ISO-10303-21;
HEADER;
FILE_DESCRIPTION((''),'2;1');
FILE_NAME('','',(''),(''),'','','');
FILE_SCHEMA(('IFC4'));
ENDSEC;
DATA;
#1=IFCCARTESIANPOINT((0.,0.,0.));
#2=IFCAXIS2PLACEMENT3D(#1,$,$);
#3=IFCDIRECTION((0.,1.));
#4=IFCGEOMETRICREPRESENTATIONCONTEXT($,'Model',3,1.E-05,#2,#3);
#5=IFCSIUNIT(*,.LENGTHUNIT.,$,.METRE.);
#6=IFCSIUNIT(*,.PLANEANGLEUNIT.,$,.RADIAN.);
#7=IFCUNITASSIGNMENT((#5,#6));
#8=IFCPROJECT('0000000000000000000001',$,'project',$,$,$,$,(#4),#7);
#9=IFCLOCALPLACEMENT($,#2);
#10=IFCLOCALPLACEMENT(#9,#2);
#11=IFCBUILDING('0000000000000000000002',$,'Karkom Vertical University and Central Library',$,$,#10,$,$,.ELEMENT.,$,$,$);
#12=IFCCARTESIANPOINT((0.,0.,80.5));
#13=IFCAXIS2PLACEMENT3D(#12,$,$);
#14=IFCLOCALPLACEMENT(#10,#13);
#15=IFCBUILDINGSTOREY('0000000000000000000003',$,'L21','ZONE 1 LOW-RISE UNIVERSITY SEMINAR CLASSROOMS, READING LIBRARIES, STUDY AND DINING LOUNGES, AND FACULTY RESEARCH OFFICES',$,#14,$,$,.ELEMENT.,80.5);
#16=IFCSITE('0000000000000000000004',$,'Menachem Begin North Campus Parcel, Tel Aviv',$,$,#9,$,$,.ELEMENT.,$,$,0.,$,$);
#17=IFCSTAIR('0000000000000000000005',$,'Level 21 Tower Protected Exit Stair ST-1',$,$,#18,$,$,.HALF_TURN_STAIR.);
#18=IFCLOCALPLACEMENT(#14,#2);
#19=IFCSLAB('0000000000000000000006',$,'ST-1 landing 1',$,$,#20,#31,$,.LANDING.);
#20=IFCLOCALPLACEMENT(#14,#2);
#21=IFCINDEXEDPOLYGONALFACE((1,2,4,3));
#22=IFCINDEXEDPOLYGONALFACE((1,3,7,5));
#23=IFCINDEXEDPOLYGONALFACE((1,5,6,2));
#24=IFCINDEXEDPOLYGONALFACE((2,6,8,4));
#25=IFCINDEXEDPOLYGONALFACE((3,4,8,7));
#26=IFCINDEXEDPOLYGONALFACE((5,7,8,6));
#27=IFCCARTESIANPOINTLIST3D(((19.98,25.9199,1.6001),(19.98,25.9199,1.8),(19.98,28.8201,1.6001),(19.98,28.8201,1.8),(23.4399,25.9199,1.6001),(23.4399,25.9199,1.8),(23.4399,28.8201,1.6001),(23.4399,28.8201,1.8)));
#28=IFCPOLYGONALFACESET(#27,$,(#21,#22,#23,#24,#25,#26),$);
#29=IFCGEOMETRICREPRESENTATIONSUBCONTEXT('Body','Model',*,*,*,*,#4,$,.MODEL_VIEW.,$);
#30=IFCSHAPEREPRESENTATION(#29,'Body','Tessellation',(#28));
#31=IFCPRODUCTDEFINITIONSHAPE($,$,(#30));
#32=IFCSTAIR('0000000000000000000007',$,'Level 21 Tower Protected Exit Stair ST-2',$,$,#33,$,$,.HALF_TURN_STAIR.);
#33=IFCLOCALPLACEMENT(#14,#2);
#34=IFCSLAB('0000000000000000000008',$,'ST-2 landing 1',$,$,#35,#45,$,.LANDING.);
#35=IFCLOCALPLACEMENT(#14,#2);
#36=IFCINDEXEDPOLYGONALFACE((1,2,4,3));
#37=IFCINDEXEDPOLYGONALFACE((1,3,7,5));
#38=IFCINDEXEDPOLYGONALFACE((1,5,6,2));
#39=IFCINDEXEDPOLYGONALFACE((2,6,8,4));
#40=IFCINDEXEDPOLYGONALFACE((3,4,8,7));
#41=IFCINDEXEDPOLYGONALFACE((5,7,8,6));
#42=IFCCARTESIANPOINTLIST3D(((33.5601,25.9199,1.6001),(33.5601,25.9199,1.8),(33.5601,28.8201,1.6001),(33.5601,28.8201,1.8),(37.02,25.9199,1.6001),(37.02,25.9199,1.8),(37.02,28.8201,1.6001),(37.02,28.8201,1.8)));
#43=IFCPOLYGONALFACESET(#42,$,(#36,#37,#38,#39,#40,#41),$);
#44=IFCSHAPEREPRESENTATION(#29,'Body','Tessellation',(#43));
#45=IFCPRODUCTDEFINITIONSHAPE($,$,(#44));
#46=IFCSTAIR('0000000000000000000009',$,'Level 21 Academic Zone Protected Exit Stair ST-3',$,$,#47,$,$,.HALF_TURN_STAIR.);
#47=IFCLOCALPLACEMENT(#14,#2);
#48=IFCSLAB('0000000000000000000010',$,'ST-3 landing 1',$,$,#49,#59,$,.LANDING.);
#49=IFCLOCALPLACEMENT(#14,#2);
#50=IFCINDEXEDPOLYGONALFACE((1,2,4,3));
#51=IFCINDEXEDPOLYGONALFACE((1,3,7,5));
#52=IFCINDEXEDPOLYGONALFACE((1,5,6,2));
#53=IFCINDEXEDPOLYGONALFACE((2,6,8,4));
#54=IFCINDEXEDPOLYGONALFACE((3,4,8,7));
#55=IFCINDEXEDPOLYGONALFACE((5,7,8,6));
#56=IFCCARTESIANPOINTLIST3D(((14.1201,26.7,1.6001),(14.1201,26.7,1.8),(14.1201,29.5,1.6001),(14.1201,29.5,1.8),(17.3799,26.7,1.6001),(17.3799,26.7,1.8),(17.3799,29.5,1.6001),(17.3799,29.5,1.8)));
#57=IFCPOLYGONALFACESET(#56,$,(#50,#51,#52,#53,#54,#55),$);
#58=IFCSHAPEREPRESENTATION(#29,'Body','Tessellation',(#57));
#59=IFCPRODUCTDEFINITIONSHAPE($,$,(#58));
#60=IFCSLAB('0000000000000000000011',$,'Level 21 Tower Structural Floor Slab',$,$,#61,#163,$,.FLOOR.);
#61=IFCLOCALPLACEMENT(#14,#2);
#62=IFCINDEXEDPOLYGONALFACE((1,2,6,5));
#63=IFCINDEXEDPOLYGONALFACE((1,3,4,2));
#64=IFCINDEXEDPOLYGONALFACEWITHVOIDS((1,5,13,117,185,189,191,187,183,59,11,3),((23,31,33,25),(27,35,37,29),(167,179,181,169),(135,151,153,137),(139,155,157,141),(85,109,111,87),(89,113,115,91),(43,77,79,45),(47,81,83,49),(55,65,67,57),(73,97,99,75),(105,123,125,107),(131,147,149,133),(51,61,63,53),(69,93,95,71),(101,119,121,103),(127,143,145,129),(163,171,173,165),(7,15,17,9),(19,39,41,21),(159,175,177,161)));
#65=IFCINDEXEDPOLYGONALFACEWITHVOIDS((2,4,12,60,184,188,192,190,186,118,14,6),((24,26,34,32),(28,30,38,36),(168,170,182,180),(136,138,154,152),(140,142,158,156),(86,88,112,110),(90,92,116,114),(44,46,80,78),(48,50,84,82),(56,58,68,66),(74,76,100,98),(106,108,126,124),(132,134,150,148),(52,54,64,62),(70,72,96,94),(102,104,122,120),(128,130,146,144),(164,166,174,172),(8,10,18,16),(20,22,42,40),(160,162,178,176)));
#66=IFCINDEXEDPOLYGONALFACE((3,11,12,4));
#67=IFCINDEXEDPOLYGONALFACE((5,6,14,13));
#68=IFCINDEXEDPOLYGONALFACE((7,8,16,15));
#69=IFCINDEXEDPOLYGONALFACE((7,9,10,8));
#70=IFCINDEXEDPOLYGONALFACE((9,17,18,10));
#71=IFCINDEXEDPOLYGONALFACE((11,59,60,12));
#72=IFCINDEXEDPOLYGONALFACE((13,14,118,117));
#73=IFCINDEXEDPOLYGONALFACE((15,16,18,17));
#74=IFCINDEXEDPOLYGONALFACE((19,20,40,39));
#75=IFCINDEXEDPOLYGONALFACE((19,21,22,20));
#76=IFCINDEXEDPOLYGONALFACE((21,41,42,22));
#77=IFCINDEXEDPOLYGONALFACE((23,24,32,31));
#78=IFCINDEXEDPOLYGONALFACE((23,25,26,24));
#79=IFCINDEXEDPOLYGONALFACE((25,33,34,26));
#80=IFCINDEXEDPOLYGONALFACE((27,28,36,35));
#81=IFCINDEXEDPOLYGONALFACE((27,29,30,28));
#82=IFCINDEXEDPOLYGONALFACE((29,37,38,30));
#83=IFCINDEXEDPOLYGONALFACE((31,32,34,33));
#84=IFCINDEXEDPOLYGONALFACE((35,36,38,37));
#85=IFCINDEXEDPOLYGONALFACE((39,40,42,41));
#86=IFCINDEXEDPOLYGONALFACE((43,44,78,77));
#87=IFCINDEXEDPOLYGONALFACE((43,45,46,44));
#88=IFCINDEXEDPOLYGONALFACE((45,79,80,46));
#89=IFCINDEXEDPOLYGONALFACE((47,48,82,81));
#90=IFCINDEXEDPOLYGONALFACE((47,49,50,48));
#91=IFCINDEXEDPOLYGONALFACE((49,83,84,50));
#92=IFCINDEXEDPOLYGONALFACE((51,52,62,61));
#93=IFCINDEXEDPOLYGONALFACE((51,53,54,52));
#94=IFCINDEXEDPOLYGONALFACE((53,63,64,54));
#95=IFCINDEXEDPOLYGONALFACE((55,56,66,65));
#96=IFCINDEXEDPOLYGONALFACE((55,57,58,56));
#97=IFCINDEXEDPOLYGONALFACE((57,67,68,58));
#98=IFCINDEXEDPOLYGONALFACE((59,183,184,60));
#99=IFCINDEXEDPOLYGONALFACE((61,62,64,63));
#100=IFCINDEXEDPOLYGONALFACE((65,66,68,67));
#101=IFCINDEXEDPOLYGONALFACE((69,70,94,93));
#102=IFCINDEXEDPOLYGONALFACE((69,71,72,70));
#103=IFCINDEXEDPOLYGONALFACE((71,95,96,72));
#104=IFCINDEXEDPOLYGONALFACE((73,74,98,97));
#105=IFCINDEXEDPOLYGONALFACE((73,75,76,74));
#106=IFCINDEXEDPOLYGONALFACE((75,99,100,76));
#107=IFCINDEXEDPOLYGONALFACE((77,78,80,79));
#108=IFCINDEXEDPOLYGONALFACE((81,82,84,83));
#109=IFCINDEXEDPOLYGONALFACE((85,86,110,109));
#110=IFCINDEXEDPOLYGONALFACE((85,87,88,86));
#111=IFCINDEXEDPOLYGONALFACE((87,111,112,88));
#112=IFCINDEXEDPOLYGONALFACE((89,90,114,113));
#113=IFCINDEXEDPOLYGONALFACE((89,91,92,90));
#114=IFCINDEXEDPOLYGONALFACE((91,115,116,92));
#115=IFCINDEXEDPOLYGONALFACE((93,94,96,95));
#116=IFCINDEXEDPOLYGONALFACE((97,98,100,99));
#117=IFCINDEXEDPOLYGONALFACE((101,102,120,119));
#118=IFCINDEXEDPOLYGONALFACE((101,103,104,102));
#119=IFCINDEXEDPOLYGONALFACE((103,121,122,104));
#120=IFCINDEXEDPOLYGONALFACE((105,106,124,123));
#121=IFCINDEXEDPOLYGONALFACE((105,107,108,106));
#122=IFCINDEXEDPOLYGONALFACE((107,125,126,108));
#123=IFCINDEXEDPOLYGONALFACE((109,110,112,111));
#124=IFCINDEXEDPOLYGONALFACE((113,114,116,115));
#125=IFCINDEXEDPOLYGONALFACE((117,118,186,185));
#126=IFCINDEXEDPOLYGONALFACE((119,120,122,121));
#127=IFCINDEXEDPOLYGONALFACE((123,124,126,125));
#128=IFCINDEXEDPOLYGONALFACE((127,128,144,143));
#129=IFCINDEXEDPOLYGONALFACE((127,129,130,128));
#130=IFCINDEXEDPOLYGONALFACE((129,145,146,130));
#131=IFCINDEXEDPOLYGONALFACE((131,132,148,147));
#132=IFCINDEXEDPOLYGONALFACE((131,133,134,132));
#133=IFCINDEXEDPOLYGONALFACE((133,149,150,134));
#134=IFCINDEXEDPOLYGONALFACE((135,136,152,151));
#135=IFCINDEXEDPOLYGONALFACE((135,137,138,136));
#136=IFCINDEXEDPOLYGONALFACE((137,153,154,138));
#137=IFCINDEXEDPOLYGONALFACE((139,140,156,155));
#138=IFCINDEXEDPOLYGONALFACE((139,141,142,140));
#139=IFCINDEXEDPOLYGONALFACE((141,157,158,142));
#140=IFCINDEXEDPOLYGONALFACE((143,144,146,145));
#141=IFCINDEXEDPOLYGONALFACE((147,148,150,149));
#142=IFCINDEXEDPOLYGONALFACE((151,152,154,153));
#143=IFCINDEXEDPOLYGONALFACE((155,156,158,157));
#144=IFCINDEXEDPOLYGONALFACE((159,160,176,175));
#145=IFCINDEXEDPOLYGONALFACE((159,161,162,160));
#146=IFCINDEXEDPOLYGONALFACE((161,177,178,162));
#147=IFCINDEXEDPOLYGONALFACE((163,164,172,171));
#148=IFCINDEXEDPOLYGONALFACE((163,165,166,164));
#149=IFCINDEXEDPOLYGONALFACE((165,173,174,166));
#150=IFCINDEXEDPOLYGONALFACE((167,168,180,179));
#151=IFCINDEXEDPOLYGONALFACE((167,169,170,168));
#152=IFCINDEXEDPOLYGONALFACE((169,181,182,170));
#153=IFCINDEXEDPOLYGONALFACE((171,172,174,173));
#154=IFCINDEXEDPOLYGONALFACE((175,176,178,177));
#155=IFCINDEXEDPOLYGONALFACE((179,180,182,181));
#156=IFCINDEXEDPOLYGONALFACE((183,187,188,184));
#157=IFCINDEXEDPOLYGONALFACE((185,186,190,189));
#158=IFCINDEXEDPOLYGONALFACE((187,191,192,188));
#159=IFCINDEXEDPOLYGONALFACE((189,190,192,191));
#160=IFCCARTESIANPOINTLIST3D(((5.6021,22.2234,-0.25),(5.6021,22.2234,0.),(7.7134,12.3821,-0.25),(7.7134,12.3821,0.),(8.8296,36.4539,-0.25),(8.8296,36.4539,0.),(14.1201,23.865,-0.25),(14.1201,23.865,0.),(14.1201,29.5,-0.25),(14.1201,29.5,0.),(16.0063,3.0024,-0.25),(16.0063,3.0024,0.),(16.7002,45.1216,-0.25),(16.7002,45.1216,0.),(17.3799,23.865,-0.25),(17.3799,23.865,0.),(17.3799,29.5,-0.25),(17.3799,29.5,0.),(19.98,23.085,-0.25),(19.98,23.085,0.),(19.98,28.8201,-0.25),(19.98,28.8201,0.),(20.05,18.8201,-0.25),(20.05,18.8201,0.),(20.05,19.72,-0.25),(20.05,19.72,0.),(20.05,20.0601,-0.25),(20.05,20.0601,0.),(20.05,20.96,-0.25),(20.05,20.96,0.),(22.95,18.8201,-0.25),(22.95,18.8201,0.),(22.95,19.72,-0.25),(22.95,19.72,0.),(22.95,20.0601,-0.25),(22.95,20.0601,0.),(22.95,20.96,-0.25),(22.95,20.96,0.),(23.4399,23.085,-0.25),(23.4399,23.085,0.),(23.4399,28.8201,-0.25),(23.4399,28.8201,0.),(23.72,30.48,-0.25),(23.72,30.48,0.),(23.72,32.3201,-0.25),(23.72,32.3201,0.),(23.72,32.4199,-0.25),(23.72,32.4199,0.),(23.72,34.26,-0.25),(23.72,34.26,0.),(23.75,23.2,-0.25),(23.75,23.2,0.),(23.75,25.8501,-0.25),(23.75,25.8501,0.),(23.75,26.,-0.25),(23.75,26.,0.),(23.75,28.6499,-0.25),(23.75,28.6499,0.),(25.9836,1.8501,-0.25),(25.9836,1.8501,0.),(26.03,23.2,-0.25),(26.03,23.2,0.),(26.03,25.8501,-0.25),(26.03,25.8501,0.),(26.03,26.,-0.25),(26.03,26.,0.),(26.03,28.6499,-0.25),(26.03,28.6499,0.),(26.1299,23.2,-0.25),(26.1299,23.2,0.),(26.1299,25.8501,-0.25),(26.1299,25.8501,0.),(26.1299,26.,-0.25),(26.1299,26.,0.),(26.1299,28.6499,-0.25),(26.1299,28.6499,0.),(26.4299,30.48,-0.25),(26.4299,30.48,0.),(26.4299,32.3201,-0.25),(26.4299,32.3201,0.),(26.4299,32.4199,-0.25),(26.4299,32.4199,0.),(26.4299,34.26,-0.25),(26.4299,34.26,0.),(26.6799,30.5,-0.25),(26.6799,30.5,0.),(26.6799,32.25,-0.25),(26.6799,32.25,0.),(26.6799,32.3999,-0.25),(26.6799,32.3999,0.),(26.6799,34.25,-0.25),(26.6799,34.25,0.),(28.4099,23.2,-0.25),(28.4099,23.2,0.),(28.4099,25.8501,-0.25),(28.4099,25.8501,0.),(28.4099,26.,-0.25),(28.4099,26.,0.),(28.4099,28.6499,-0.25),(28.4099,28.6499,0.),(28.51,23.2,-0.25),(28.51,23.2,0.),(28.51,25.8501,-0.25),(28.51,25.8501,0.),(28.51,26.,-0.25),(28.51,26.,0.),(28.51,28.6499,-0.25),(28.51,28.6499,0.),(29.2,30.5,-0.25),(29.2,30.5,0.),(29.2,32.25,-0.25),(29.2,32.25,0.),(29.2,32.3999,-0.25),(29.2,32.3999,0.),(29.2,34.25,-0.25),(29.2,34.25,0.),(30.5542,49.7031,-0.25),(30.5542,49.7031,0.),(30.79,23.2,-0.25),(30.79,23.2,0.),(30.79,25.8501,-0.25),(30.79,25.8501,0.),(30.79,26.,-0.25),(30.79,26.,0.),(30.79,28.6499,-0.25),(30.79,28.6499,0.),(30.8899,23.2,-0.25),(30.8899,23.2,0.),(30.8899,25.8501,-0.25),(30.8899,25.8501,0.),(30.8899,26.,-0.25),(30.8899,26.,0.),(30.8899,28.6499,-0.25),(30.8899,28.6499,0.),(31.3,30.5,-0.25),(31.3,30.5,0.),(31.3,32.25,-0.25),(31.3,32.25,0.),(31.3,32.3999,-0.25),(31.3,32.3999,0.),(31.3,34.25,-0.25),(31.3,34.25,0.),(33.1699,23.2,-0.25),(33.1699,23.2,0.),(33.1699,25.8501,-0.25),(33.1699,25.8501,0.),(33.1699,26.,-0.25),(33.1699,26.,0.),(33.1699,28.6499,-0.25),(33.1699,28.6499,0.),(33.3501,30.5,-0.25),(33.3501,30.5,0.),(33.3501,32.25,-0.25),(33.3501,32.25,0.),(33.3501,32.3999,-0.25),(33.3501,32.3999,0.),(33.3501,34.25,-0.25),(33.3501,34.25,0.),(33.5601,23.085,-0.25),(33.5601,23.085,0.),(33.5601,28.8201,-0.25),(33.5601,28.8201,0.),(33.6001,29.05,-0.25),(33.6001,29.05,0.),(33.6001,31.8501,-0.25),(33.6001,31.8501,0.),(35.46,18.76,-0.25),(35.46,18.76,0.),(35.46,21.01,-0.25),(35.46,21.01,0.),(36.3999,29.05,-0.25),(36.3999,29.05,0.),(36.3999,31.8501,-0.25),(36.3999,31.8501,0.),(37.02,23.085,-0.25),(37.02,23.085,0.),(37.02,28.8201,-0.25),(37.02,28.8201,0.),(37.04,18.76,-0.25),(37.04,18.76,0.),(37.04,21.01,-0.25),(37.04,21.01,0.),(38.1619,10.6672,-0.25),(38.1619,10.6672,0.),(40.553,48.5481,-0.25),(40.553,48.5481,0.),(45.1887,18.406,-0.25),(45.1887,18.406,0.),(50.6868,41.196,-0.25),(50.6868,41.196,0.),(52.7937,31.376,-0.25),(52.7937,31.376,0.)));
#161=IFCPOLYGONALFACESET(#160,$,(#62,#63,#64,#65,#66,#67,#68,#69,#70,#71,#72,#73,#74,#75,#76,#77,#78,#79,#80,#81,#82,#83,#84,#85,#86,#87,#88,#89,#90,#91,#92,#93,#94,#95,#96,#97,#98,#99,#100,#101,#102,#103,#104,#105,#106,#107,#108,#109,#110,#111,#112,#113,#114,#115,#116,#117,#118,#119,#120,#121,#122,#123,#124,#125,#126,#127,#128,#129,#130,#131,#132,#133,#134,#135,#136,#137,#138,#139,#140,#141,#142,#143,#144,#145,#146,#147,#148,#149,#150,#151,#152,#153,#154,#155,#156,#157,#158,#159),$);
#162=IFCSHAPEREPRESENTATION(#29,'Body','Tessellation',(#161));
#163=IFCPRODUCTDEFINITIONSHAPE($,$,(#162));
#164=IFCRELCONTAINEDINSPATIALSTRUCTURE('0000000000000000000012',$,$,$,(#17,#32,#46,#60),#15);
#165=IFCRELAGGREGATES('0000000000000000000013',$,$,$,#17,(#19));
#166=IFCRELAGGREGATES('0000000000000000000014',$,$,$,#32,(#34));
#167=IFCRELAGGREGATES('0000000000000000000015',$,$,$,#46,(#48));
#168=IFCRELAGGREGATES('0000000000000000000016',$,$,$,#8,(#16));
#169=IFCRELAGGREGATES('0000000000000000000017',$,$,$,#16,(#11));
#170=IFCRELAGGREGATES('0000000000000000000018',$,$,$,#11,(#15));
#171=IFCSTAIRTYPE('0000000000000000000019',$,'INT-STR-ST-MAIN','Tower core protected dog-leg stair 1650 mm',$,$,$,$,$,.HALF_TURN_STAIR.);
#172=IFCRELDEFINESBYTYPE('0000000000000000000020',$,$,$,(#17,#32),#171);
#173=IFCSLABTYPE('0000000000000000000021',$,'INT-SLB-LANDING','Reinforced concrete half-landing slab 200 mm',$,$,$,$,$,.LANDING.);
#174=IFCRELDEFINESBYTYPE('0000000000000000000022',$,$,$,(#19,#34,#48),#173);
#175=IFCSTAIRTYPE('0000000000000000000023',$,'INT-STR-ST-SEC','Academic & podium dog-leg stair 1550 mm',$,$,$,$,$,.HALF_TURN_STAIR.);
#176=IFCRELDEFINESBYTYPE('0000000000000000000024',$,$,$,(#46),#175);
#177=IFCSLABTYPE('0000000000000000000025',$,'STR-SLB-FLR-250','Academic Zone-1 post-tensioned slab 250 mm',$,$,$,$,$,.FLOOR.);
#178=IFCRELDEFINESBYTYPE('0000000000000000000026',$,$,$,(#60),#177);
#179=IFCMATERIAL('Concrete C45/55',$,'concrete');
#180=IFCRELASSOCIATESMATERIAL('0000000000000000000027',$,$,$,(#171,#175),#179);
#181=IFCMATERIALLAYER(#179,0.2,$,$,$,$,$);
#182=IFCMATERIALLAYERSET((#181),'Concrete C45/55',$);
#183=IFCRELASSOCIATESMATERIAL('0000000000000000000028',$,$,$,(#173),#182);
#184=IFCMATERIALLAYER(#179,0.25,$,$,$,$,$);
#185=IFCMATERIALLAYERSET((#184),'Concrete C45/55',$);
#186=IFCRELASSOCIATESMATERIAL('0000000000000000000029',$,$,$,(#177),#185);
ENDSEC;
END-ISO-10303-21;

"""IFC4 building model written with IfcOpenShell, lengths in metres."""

from ifc_helpers import new_model, si_unit, direction, frame, origin, place, context, subcontext, project, spatial, polyline, outline, extrude, material, layer, layer_set, type_object, element, aggregate, save


model = new_model("IFC4")

# Units and contexts
model_context = context("Model", 3, precision=1e-05, world=origin(), true_north=direction((0.0, 1.0)))
body_context = subcontext(model_context, "Body", "Model", "MODEL_VIEW")
ifc_project = project(units=[si_unit("LENGTHUNIT", "METRE"), si_unit("PLANEANGLEUNIT", "RADIAN")], contexts=[model_context])

# Site, building, storey
site_placement = place(None, origin())
site = spatial("IfcSite", under=ifc_project, at=site_placement, Name="Menachem Begin North Campus Parcel, Tel Aviv", CompositionType="ELEMENT", RefElevation=0.0)
building_placement = place(site_placement, origin())
building = spatial("IfcBuilding", under=site, at=building_placement, Name="Karkom Vertical University and Central Library", CompositionType="ELEMENT")
storey_placement = place(building_placement, frame((0.0, 0.0, 80.5)))
storey = spatial("IfcBuildingStorey", under=building, at=storey_placement, Name="L21", Description="ZONE 1 LOW-RISE UNIVERSITY SEMINAR CLASSROOMS, READING LIBRARIES, STUDY AND DINING LOUNGES, AND FACULTY RESEARCH OFFICES", CompositionType="ELEMENT", Elevation=80.5)

# Stairs, slabs
ifc_material_1 = material(Name="Concrete C45/55", Category="concrete")
stair_type_1 = type_object("IfcStairType", Name="INT-STR-ST-MAIN", Description="Tower core protected dog-leg stair 1650 mm", PredefinedType="HALF_TURN_STAIR", material=ifc_material_1)
stair_1_placement = place(storey_placement, origin())
stair_1 = element("IfcStair", 1, at=stair_1_placement, inside=storey, type_object=stair_type_1, Name="Level 21 Tower Protected Exit Stair ST-1", PredefinedType="HALF_TURN_STAIR")
ifc_layer_1 = layer(ifc_material_1, 0.2)
ifc_layer_set_1 = layer_set([ifc_layer_1], Name="Concrete C45/55")
slab_type_1 = type_object("IfcSlabType", Name="INT-SLB-LANDING", Description="Reinforced concrete half-landing slab 200 mm", PredefinedType="LANDING", material=ifc_layer_set_1)
slab_1_placement = place(storey_placement, frame((0.0, 0.0, 1.6001)))
slab_1 = element("IfcSlab", 2, at=slab_1_placement, type_object=slab_type_1, Name="ST-1 landing 1", PredefinedType="LANDING", context=body_context, shape_type="SweptSolid", body=[
    extrude(outline(polyline([(23.4399, 25.9199), (23.4399, 28.8201), (19.98, 28.8201), (19.98, 25.9199), (23.4399, 25.9199)])), origin(), (0.0, 0.0, 1.0), 0.2),
])
aggregate(stair_1, [slab_1])
stair_2_placement = place(storey_placement, origin())
stair_2 = element("IfcStair", 3, at=stair_2_placement, inside=storey, type_object=stair_type_1, Name="Level 21 Tower Protected Exit Stair ST-2", PredefinedType="HALF_TURN_STAIR")
slab_2_placement = place(storey_placement, frame((0.0, 0.0, 1.6001)))
slab_2 = element("IfcSlab", 4, at=slab_2_placement, type_object=slab_type_1, Name="ST-2 landing 1", PredefinedType="LANDING", context=body_context, shape_type="SweptSolid", body=[
    extrude(outline(polyline([(37.02, 25.9199), (37.02, 28.8201), (33.5601, 28.8201), (33.5601, 25.9199), (37.02, 25.9199)])), origin(), (0.0, 0.0, 1.0), 0.2),
])
aggregate(stair_2, [slab_2])
stair_type_2 = type_object("IfcStairType", Name="INT-STR-ST-SEC", Description="Academic & podium dog-leg stair 1550 mm", PredefinedType="HALF_TURN_STAIR", material=ifc_material_1)
stair_3_placement = place(storey_placement, origin())
stair_3 = element("IfcStair", 5, at=stair_3_placement, inside=storey, type_object=stair_type_2, Name="Level 21 Academic Zone Protected Exit Stair ST-3", PredefinedType="HALF_TURN_STAIR")
slab_3_placement = place(storey_placement, frame((0.0, 0.0, 1.6001)))
slab_3 = element("IfcSlab", 6, at=slab_3_placement, type_object=slab_type_1, Name="ST-3 landing 1", PredefinedType="LANDING", context=body_context, shape_type="SweptSolid", body=[
    extrude(outline(polyline([(17.3799, 26.7), (17.3799, 29.5), (14.1201, 29.5), (14.1201, 26.7), (17.3799, 26.7)])), origin(), (0.0, 0.0, 1.0), 0.2),
])
aggregate(stair_3, [slab_3])

# Slab
ifc_layer_2 = layer(ifc_material_1, 0.25)
ifc_layer_set_2 = layer_set([ifc_layer_2], Name="Concrete C45/55")
slab_type_2 = type_object("IfcSlabType", Name="STR-SLB-FLR-250", Description="Academic Zone-1 post-tensioned slab 250 mm", PredefinedType="FLOOR", material=ifc_layer_set_2)
slab_4_placement = place(storey_placement, frame((0.0, 0.0, -0.25)))
element("IfcSlab", 7, at=slab_4_placement, inside=storey, type_object=slab_type_2, Name="Level 21 Tower Structural Floor Slab", PredefinedType="FLOOR", context=body_context, shape_type="SweptSolid", body=[
    extrude(outline(polyline([(16.7002, 45.1216), (8.8296, 36.4539), (5.6021, 22.2234), (7.7134, 12.3821), (16.0063, 3.0024), (25.9836, 1.8501), (38.1619, 10.6672), (45.1887, 18.406), (52.7937, 31.376), (50.6868, 41.196), (40.553, 48.5481), (30.5542, 49.7031), (16.7002, 45.1216)]), holes=[polyline([(19.98, 23.085), (23.4399, 23.085), (23.4399, 28.8201), (19.98, 28.8201), (19.98, 23.085)]), polyline([(33.5601, 23.085), (37.02, 23.085), (37.02, 28.8201), (33.5601, 28.8201), (33.5601, 23.085)]), polyline([(14.1201, 23.865), (17.3799, 23.865), (17.3799, 29.5), (14.1201, 29.5), (14.1201, 23.865)]), polyline([(23.75, 23.2), (26.03, 23.2), (26.03, 25.8501), (23.75, 25.8501), (23.75, 23.2)]), polyline([(26.1299, 23.2), (28.4099, 23.2), (28.4099, 25.8501), (26.1299, 25.8501), (26.1299, 23.2)]), polyline([(28.51, 23.2), (30.79, 23.2), (30.79, 25.8501), (28.51, 25.8501), (28.51, 23.2)]), polyline([(30.8899, 23.2), (33.1699, 23.2), (33.1699, 25.8501), (30.8899, 25.8501), (30.8899, 23.2)]), polyline([(23.75, 26.0), (26.03, 26.0), (26.03, 28.6499), (23.75, 28.6499), (23.75, 26.0)]), polyline([(26.1299, 26.0), (28.4099, 26.0), (28.4099, 28.6499), (26.1299, 28.6499), (26.1299, 26.0)]), polyline([(28.51, 26.0), (30.79, 26.0), (30.79, 28.6499), (28.51, 28.6499), (28.51, 26.0)]), polyline([(30.8899, 26.0), (33.1699, 26.0), (33.1699, 28.6499), (30.8899, 28.6499), (30.8899, 26.0)]), polyline([(26.6799, 30.5), (29.2, 30.5), (29.2, 32.25), (26.6799, 32.25), (26.6799, 30.5)]), polyline([(26.6799, 32.3999), (29.2, 32.3999), (29.2, 34.25), (26.6799, 34.25), (26.6799, 32.3999)]), polyline([(31.3, 30.5), (33.3501, 30.5), (33.3501, 32.25), (31.3, 32.25), (31.3, 30.5)]), polyline([(31.3, 32.3999), (33.3501, 32.3999), (33.3501, 34.25), (31.3, 34.25), (31.3, 32.3999)]), polyline([(23.72, 30.48), (26.4299, 30.48), (26.4299, 32.3201), (23.72, 32.3201), (23.72, 30.48)]), polyline([(23.72, 32.4199), (26.4299, 32.4199), (26.4299, 34.26), (23.72, 34.26), (23.72, 32.4199)]), polyline([(33.6001, 29.05), (36.3999, 29.05), (36.3999, 31.8501), (33.6001, 31.8501), (33.6001, 29.05)]), polyline([(20.05, 18.8201), (22.95, 18.8201), (22.95, 19.72), (20.05, 19.72), (20.05, 18.8201)]), polyline([(20.05, 20.0601), (22.95, 20.0601), (22.95, 20.96), (20.05, 20.96), (20.05, 20.0601)]), polyline([(35.46, 18.76), (37.04, 18.76), (37.04, 21.01), (35.46, 21.01), (35.46, 18.76)])]), origin(), (0.0, 0.0, 1.0), 0.25),
])

save(model, "model.ifc")
